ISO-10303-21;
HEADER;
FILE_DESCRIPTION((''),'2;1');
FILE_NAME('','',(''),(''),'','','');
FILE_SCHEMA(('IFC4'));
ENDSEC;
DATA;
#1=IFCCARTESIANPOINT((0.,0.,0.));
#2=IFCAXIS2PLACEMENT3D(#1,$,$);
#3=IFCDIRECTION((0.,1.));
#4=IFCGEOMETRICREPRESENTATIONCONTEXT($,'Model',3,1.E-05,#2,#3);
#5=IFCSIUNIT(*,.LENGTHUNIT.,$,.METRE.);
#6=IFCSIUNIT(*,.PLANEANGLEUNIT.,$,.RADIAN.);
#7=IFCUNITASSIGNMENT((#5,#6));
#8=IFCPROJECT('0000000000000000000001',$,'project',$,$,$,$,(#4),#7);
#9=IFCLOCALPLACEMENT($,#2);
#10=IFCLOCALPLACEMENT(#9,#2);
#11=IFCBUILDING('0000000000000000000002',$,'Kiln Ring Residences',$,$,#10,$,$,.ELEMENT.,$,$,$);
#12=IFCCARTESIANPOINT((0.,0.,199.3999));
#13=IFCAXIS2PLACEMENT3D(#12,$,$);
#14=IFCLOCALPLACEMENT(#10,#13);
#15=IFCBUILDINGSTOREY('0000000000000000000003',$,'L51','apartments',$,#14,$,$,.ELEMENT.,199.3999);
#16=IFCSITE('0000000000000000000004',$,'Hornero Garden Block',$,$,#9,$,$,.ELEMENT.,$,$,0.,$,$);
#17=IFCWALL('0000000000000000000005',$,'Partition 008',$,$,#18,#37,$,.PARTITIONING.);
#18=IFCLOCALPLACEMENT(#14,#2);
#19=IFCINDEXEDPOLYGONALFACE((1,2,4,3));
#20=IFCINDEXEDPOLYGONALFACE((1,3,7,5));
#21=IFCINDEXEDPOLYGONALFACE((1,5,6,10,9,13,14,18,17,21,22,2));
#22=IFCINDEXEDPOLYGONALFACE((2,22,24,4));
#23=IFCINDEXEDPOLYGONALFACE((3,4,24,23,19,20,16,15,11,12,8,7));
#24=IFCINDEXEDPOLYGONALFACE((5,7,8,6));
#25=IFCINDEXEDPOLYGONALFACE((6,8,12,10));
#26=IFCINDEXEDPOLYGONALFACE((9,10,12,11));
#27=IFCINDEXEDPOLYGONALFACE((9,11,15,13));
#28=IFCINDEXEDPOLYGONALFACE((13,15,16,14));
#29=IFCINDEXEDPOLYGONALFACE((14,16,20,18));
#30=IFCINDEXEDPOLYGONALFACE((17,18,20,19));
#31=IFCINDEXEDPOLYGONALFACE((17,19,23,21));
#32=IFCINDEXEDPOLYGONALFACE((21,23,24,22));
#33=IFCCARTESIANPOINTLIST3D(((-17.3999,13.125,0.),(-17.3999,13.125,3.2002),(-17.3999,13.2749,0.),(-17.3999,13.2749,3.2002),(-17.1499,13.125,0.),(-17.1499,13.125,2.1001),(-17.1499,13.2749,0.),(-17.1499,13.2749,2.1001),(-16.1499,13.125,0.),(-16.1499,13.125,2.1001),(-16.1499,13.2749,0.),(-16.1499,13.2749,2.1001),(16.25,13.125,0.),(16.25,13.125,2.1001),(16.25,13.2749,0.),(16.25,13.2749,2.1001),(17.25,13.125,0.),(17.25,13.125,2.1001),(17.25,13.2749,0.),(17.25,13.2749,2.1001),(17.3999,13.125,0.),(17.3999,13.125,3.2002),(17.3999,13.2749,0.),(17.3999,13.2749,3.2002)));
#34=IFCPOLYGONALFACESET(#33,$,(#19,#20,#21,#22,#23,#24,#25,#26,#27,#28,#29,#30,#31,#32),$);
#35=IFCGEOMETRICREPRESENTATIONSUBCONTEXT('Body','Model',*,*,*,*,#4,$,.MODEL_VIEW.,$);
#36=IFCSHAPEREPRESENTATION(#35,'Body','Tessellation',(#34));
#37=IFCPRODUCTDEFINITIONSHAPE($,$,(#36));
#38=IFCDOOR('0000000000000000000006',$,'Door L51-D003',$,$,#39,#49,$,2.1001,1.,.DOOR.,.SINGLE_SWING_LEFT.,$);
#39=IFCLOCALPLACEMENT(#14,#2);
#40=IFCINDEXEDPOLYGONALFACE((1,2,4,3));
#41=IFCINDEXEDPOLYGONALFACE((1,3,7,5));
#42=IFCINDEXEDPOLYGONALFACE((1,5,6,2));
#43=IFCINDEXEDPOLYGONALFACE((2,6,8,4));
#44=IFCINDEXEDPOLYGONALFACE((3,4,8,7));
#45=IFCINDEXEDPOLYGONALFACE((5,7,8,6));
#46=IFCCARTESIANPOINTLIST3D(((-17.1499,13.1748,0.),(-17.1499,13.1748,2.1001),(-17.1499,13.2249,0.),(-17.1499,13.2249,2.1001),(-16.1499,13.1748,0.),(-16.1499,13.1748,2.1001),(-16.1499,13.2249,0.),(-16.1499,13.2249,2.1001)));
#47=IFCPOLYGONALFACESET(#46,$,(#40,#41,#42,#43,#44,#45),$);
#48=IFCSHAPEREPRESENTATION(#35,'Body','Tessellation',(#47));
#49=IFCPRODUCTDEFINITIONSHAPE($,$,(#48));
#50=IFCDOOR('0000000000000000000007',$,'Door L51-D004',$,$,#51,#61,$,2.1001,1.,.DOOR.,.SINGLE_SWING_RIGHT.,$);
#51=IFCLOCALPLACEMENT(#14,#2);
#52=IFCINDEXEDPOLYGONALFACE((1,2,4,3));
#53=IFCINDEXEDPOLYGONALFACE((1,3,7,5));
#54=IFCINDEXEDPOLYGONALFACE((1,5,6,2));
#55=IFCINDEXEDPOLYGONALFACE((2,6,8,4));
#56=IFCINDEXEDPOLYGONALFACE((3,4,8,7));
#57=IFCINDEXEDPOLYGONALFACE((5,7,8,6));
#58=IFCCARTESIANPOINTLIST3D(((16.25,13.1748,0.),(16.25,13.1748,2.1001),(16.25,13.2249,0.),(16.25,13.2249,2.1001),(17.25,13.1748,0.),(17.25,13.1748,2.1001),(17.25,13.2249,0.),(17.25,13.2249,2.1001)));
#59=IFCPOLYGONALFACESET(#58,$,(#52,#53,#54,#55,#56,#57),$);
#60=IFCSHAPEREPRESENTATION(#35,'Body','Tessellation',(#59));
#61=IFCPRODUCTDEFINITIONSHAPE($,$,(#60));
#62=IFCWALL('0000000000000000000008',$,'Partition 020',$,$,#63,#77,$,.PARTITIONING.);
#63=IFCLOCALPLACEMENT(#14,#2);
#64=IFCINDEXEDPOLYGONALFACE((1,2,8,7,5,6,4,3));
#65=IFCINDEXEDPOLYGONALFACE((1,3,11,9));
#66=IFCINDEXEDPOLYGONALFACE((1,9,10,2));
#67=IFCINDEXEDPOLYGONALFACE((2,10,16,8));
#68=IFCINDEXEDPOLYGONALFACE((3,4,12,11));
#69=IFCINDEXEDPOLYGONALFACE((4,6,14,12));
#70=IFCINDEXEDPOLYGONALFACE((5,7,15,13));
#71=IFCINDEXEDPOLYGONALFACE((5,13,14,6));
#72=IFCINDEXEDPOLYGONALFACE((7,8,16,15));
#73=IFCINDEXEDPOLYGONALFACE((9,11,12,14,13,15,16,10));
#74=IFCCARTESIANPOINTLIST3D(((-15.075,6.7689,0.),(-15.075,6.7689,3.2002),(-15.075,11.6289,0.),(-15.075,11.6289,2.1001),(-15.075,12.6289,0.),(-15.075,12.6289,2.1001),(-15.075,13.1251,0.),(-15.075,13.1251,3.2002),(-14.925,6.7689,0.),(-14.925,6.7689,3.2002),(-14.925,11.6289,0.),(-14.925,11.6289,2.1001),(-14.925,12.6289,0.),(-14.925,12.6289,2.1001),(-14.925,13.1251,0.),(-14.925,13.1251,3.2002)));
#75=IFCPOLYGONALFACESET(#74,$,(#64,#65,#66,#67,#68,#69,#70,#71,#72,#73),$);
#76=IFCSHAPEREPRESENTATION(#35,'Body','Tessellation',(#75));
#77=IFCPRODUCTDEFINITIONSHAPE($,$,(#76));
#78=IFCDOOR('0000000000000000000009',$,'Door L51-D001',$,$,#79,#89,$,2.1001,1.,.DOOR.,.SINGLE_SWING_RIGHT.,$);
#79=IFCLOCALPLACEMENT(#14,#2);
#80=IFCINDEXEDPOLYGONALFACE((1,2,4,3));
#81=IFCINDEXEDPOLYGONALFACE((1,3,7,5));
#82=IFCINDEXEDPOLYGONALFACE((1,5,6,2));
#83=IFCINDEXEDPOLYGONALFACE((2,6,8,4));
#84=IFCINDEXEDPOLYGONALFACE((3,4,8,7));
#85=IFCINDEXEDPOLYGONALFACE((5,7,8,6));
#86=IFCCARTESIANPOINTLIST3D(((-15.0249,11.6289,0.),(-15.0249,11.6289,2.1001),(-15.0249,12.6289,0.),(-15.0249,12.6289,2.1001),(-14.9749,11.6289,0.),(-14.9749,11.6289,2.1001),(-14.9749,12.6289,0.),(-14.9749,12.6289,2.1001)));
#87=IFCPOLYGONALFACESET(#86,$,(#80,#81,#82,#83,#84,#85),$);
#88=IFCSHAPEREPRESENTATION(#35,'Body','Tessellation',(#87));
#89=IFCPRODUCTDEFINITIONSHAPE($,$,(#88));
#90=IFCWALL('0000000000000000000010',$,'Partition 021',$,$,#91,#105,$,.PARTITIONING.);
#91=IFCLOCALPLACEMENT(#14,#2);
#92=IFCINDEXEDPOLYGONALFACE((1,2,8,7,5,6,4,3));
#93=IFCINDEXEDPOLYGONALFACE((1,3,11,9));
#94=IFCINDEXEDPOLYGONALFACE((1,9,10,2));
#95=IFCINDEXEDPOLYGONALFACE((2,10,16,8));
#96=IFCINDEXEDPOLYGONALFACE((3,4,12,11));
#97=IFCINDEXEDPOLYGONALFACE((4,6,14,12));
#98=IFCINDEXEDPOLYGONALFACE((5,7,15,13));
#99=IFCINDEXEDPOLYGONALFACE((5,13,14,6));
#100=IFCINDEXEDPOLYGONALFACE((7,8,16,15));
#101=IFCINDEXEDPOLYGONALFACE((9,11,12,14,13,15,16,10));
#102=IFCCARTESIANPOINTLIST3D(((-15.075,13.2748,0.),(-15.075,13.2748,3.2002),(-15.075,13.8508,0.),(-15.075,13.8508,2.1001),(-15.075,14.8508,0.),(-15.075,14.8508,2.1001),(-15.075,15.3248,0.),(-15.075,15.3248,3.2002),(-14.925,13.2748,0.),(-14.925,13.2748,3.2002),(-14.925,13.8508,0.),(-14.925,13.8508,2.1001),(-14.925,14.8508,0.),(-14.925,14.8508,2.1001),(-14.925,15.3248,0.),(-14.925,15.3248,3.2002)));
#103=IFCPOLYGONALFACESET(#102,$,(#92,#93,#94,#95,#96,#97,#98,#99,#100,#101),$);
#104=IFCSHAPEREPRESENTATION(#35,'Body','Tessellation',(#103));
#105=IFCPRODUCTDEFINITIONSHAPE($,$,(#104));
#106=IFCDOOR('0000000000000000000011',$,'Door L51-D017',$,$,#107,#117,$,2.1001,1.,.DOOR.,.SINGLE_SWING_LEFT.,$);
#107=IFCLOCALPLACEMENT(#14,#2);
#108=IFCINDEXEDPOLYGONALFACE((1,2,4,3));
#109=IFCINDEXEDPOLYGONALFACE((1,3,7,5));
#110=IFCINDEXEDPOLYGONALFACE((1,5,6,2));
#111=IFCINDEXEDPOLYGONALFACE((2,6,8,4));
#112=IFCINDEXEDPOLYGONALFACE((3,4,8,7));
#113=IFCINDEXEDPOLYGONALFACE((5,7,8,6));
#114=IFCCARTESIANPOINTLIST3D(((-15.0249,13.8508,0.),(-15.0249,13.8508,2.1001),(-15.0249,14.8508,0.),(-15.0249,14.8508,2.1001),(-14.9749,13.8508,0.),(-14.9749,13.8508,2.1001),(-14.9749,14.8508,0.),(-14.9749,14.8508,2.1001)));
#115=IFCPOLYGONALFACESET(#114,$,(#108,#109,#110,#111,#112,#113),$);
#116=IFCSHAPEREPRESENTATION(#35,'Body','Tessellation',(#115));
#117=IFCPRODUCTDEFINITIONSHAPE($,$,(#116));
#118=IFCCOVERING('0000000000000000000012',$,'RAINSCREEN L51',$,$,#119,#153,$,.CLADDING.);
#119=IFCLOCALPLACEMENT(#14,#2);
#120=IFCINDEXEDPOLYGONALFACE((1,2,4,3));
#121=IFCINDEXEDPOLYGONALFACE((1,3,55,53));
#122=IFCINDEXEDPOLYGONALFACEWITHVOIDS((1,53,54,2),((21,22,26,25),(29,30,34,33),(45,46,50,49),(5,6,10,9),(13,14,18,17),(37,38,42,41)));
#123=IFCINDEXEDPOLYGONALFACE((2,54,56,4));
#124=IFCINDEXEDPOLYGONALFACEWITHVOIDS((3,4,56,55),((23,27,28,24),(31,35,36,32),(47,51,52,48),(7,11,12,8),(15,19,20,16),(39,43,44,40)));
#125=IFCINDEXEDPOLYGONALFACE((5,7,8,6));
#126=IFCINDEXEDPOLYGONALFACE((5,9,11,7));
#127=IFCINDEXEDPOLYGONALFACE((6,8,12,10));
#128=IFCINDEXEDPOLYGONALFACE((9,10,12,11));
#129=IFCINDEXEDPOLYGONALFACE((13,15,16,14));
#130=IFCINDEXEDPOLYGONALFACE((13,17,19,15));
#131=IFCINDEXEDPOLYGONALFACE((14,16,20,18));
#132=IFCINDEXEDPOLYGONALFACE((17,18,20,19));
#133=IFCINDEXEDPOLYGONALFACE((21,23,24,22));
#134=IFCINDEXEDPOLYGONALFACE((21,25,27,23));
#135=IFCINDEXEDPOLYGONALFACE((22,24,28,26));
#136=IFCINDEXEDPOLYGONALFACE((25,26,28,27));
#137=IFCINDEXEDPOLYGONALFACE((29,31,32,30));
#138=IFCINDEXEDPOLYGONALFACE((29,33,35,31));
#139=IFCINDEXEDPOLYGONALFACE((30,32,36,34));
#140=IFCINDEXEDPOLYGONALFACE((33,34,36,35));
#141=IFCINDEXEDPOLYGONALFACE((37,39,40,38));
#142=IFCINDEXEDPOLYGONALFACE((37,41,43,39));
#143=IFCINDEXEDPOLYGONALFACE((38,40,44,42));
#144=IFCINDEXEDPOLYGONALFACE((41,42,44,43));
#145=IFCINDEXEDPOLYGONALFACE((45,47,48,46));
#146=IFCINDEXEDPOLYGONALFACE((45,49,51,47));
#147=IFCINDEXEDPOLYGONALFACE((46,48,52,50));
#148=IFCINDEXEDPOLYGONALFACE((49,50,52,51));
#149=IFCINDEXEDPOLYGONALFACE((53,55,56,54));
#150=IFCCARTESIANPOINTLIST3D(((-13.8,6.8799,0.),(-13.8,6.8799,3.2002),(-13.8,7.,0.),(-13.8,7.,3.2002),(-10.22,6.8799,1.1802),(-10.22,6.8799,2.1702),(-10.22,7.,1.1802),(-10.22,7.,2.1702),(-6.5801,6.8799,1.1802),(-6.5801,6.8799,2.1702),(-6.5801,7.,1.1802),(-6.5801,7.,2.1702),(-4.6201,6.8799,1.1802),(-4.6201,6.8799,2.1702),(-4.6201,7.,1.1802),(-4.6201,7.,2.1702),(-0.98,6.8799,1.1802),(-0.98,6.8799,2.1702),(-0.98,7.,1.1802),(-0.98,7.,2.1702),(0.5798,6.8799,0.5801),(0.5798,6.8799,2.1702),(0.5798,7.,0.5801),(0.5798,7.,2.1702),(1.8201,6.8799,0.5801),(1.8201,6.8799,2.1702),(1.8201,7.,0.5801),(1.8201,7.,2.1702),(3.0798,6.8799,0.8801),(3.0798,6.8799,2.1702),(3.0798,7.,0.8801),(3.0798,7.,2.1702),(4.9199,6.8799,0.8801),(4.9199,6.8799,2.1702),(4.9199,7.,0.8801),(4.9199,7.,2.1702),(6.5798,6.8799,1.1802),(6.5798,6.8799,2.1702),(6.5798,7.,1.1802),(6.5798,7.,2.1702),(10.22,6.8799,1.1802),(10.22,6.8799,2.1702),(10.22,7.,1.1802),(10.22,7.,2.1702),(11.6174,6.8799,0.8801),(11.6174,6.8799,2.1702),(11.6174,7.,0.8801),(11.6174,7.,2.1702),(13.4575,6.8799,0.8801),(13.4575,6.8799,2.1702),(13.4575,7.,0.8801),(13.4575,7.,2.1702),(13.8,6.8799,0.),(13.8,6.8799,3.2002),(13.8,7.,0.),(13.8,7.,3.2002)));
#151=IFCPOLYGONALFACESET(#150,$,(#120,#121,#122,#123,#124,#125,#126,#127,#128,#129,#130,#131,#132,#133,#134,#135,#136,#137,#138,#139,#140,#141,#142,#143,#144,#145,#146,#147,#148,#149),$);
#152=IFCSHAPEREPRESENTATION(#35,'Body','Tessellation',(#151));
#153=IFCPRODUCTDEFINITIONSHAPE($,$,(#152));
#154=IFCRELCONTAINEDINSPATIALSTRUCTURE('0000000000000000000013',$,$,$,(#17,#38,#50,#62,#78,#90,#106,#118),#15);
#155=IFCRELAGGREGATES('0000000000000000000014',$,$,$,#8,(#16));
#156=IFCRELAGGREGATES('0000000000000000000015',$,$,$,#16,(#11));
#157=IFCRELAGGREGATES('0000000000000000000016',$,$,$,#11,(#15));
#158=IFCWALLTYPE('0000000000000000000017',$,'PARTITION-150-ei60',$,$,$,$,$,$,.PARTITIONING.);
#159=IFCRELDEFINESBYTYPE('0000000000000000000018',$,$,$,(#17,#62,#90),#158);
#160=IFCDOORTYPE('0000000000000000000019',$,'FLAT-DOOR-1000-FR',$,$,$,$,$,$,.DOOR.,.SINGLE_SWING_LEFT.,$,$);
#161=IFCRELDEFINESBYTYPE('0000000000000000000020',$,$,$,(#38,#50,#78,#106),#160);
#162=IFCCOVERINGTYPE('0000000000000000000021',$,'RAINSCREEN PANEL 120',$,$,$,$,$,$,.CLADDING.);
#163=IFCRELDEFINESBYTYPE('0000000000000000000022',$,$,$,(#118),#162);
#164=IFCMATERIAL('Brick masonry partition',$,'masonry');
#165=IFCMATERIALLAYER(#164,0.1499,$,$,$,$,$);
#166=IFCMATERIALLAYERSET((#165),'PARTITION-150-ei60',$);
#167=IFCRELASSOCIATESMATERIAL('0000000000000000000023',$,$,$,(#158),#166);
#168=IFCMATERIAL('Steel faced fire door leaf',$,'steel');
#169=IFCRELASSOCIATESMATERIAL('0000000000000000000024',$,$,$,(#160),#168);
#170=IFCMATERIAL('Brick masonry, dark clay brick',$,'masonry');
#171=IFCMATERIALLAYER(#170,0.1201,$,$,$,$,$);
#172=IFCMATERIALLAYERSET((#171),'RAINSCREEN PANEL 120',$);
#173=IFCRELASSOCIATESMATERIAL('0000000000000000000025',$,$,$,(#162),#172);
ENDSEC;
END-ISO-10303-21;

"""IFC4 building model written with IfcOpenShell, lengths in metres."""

from ifc_helpers import new_model, si_unit, direction, frame, frame_2d, origin, place, context, subcontext, project, spatial, polyline, rectangle, outline, extrude, material, layer, layer_set, type_object, element, fill, save


model = new_model("IFC4")

# Units and contexts
model_context = context("Model", 3, precision=1e-05, world=origin(), true_north=direction((0.0, 1.0)))
body_context = subcontext(model_context, "Body", "Model", "MODEL_VIEW")
ifc_project = project(units=[si_unit("LENGTHUNIT", "METRE"), si_unit("PLANEANGLEUNIT", "RADIAN")], contexts=[model_context])

# Site, building, storey
site_placement = place(None, origin())
site = spatial("IfcSite", under=ifc_project, at=site_placement, Name="Hornero Garden Block", CompositionType="ELEMENT", RefElevation=0.0)
building_placement = place(site_placement, origin())
building = spatial("IfcBuilding", under=site, at=building_placement, Name="Kiln Ring Residences", CompositionType="ELEMENT")
storey_placement = place(building_placement, frame((0.0, 0.0, 199.3999)))
storey = spatial("IfcBuildingStorey", under=building, at=storey_placement, Name="L51", Description="apartments", CompositionType="ELEMENT", Elevation=199.3999)

# Wall, openings, doors
ifc_material_1 = material(Name="Brick masonry partition", Category="masonry")
ifc_layer_1 = layer(ifc_material_1, 0.1499)
ifc_layer_set_1 = layer_set([ifc_layer_1], Name="PARTITION-150-ei60")
wall_type_1 = type_object("IfcWallType", Name="PARTITION-150-ei60", PredefinedType="PARTITIONING", material=ifc_layer_set_1)
ifc_material_2 = material(Name="Steel faced fire door leaf", Category="steel")
door_type_1 = type_object("IfcDoorType", Name="FLAT-DOOR-1000-FR", OperationType="SINGLE_SWING_LEFT", PredefinedType="DOOR", material=ifc_material_2)
wall_1_placement = place(storey_placement, frame((-17.3999, 13.2, 0.0), z_axis=(0.0, 0.0, 1.0), x_axis=(1.0, 0.0, 0.0)))
wall_1 = element("IfcWall", 1, at=wall_1_placement, inside=storey, type_object=wall_type_1, Name="Partition 008", PredefinedType="PARTITIONING", context=body_context, shape_type="SweptSolid", body=[
    extrude(rectangle(XDim=34.7998, YDim=0.1499, at=frame_2d((17.3999, 0.0))), origin(), (0.0, 0.0, 1.0), 3.2002),
])
opening_1_placement = place(wall_1_placement, frame((0.25, 0.0, 0.0)))
opening_1 = element("IfcOpeningElement", 2, at=opening_1_placement, cuts=wall_1, PredefinedType="OPENING", context=body_context, shape_type="SweptSolid", body=[
    extrude(rectangle(XDim=1.0, YDim=2.1001, at=frame_2d((0.5, 1.05))), frame((0.0, 0.085, 0.0), z_axis=(0.0, -1.0, 0.0), x_axis=(1.0, 0.0, 0.0)), (0.0, 0.0, 1.0), 0.1699),
])
opening_2_placement = place(wall_1_placement, frame((33.6499, 0.0, 0.0)))
opening_2 = element("IfcOpeningElement", 3, at=opening_2_placement, cuts=wall_1, PredefinedType="OPENING", context=body_context, shape_type="SweptSolid", body=[
    extrude(rectangle(XDim=1.0, YDim=2.1001, at=frame_2d((0.5, 1.05))), frame((0.0, 0.085, 0.0), z_axis=(0.0, -1.0, 0.0), x_axis=(1.0, 0.0, 0.0)), (0.0, 0.0, 1.0), 0.1699),
])
door_1_placement = place(opening_1_placement, origin())
door_1 = element("IfcDoor", 4, at=door_1_placement, inside=storey, type_object=door_type_1, Name="Door L51-D003", OperationType="SINGLE_SWING_LEFT", OverallHeight=2.1001, OverallWidth=1.0, PredefinedType="DOOR", context=body_context, shape_type="SweptSolid", body=[
    extrude(rectangle(XDim=1.0, YDim=2.1001, at=frame_2d((0.5, 1.05))), frame((0.0, 0.0249, 0.0), z_axis=(0.0, -1.0, 0.0), x_axis=(1.0, 0.0, 0.0)), (0.0, 0.0, 1.0), 0.05),
])
fill(opening_1, door_1)
door_2_placement = place(opening_2_placement, origin())
door_2 = element("IfcDoor", 5, at=door_2_placement, inside=storey, type_object=door_type_1, Name="Door L51-D004", OperationType="SINGLE_SWING_RIGHT", OverallHeight=2.1001, OverallWidth=1.0, PredefinedType="DOOR", context=body_context, shape_type="SweptSolid", body=[
    extrude(rectangle(XDim=1.0, YDim=2.1001, at=frame_2d((0.5, 1.05))), frame((0.0, 0.0249, 0.0), z_axis=(0.0, -1.0, 0.0), x_axis=(1.0, 0.0, 0.0)), (0.0, 0.0, 1.0), 0.05),
])
fill(opening_2, door_2)

# Walls, openings, doors
wall_2_placement = place(storey_placement, frame((-15.0, 6.7688, 0.0), z_axis=(0.0, 0.0, 1.0), x_axis=(0.0, 1.0, 0.0)))
wall_2 = element("IfcWall", 6, at=wall_2_placement, inside=storey, type_object=wall_type_1, Name="Partition 020", PredefinedType="PARTITIONING", context=body_context, shape_type="SweptSolid", body=[
    extrude(rectangle(XDim=6.3562, YDim=0.1499, at=frame_2d((3.1782, 0.0))), origin(), (0.0, 0.0, 1.0), 3.2002),
])
opening_3_placement = place(wall_2_placement, frame((4.8601, 0.0, 0.0)))
opening_3 = element("IfcOpeningElement", 7, at=opening_3_placement, cuts=wall_2, PredefinedType="OPENING", context=body_context, shape_type="SweptSolid", body=[
    extrude(rectangle(XDim=1.0, YDim=2.1001, at=frame_2d((0.5, 1.05))), frame((0.0, 0.085, 0.0), z_axis=(0.0, -1.0, 0.0), x_axis=(1.0, 0.0, 0.0)), (0.0, 0.0, 1.0), 0.1699),
])
door_3_placement = place(opening_3_placement, origin())
door_3 = element("IfcDoor", 8, at=door_3_placement, inside=storey, type_object=door_type_1, Name="Door L51-D001", OperationType="SINGLE_SWING_RIGHT", OverallHeight=2.1001, OverallWidth=1.0, PredefinedType="DOOR", context=body_context, shape_type="SweptSolid", body=[
    extrude(rectangle(XDim=1.0, YDim=2.1001, at=frame_2d((0.5, 1.05))), frame((0.0, 0.0249, 0.0), z_axis=(0.0, -1.0, 0.0), x_axis=(1.0, 0.0, 0.0)), (0.0, 0.0, 1.0), 0.05),
])
fill(opening_3, door_3)
wall_3_placement = place(storey_placement, frame((-15.0, 13.2749, 0.0), z_axis=(0.0, 0.0, 1.0), x_axis=(0.0, 1.0, 0.0)))
wall_3 = element("IfcWall", 9, at=wall_3_placement, inside=storey, type_object=wall_type_1, Name="Partition 021", PredefinedType="PARTITIONING", context=body_context, shape_type="SweptSolid", body=[
    extrude(rectangle(XDim=2.05, YDim=0.1499, at=frame_2d((1.0249, 0.0))), origin(), (0.0, 0.0, 1.0), 3.2002),
])
opening_4_placement = place(wall_3_placement, frame((0.5759, 0.0, 0.0)))
opening_4 = element("IfcOpeningElement", 10, at=opening_4_placement, cuts=wall_3, PredefinedType="OPENING", context=body_context, shape_type="SweptSolid", body=[
    extrude(rectangle(XDim=1.0, YDim=2.1001, at=frame_2d((0.5, 1.05))), frame((0.0, 0.085, 0.0), z_axis=(0.0, -1.0, 0.0), x_axis=(1.0, 0.0, 0.0)), (0.0, 0.0, 1.0), 0.1699),
])
door_4_placement = place(opening_4_placement, origin())
door_4 = element("IfcDoor", 11, at=door_4_placement, inside=storey, type_object=door_type_1, Name="Door L51-D017", OperationType="SINGLE_SWING_LEFT", OverallHeight=2.1001, OverallWidth=1.0, PredefinedType="DOOR", context=body_context, shape_type="SweptSolid", body=[
    extrude(rectangle(XDim=1.0, YDim=2.1001, at=frame_2d((0.5, 1.05))), frame((0.0, 0.0249, 0.0), z_axis=(0.0, -1.0, 0.0), x_axis=(1.0, 0.0, 0.0)), (0.0, 0.0, 1.0), 0.05),
])
fill(opening_4, door_4)

# Covering
ifc_material_3 = material(Name="Brick masonry, dark clay brick", Category="masonry")
ifc_layer_2 = layer(ifc_material_3, 0.1201)
ifc_layer_set_2 = layer_set([ifc_layer_2], Name="RAINSCREEN PANEL 120")
covering_type = type_object("IfcCoveringType", Name="RAINSCREEN PANEL 120", PredefinedType="CLADDING", material=ifc_layer_set_2)
covering_placement = place(storey_placement, frame((-13.8, 6.9399, 0.0), z_axis=(0.0, 0.0, 1.0), x_axis=(1.0, 0.0, 0.0)))
element("IfcCovering", 12, at=covering_placement, inside=storey, type_object=covering_type, Name="RAINSCREEN L51", PredefinedType="CLADDING", context=body_context, shape_type="SweptSolid", body=[
    extrude(outline(polyline([(0.0, 0.0), (27.6001, 0.0), (27.6001, 3.2002), (0.0, 3.2002), (0.0, 0.0)]), holes=[polyline([(15.6201, 0.5801), (15.6201, 2.1702), (14.3799, 2.1702), (14.3799, 0.5801), (15.6201, 0.5801)]), polyline([(16.8799, 0.8801), (18.72, 0.8801), (18.72, 2.1702), (16.8799, 2.1702), (16.8799, 0.8801)]), polyline([(25.4175, 0.8801), (27.2576, 0.8801), (27.2576, 2.1702), (25.4175, 2.1702), (25.4175, 0.8801)]), polyline([(7.22, 1.1802), (7.22, 2.1702), (3.5801, 2.1702), (3.5801, 1.1802), (7.22, 1.1802)]), polyline([(9.1799, 1.1802), (12.8201, 1.1802), (12.8201, 2.1702), (9.1799, 2.1702), (9.1799, 1.1802)]), polyline([(20.3799, 1.1802), (24.02, 1.1802), (24.02, 2.1702), (20.3799, 2.1702), (20.3799, 1.1802)])]), frame((0.0, 0.0601, 0.0), z_axis=(0.0, -1.0, 0.0), x_axis=(1.0, 0.0, 0.0)), (0.0, 0.0, 1.0), 0.1201),
])

save(model, "model.ifc")
